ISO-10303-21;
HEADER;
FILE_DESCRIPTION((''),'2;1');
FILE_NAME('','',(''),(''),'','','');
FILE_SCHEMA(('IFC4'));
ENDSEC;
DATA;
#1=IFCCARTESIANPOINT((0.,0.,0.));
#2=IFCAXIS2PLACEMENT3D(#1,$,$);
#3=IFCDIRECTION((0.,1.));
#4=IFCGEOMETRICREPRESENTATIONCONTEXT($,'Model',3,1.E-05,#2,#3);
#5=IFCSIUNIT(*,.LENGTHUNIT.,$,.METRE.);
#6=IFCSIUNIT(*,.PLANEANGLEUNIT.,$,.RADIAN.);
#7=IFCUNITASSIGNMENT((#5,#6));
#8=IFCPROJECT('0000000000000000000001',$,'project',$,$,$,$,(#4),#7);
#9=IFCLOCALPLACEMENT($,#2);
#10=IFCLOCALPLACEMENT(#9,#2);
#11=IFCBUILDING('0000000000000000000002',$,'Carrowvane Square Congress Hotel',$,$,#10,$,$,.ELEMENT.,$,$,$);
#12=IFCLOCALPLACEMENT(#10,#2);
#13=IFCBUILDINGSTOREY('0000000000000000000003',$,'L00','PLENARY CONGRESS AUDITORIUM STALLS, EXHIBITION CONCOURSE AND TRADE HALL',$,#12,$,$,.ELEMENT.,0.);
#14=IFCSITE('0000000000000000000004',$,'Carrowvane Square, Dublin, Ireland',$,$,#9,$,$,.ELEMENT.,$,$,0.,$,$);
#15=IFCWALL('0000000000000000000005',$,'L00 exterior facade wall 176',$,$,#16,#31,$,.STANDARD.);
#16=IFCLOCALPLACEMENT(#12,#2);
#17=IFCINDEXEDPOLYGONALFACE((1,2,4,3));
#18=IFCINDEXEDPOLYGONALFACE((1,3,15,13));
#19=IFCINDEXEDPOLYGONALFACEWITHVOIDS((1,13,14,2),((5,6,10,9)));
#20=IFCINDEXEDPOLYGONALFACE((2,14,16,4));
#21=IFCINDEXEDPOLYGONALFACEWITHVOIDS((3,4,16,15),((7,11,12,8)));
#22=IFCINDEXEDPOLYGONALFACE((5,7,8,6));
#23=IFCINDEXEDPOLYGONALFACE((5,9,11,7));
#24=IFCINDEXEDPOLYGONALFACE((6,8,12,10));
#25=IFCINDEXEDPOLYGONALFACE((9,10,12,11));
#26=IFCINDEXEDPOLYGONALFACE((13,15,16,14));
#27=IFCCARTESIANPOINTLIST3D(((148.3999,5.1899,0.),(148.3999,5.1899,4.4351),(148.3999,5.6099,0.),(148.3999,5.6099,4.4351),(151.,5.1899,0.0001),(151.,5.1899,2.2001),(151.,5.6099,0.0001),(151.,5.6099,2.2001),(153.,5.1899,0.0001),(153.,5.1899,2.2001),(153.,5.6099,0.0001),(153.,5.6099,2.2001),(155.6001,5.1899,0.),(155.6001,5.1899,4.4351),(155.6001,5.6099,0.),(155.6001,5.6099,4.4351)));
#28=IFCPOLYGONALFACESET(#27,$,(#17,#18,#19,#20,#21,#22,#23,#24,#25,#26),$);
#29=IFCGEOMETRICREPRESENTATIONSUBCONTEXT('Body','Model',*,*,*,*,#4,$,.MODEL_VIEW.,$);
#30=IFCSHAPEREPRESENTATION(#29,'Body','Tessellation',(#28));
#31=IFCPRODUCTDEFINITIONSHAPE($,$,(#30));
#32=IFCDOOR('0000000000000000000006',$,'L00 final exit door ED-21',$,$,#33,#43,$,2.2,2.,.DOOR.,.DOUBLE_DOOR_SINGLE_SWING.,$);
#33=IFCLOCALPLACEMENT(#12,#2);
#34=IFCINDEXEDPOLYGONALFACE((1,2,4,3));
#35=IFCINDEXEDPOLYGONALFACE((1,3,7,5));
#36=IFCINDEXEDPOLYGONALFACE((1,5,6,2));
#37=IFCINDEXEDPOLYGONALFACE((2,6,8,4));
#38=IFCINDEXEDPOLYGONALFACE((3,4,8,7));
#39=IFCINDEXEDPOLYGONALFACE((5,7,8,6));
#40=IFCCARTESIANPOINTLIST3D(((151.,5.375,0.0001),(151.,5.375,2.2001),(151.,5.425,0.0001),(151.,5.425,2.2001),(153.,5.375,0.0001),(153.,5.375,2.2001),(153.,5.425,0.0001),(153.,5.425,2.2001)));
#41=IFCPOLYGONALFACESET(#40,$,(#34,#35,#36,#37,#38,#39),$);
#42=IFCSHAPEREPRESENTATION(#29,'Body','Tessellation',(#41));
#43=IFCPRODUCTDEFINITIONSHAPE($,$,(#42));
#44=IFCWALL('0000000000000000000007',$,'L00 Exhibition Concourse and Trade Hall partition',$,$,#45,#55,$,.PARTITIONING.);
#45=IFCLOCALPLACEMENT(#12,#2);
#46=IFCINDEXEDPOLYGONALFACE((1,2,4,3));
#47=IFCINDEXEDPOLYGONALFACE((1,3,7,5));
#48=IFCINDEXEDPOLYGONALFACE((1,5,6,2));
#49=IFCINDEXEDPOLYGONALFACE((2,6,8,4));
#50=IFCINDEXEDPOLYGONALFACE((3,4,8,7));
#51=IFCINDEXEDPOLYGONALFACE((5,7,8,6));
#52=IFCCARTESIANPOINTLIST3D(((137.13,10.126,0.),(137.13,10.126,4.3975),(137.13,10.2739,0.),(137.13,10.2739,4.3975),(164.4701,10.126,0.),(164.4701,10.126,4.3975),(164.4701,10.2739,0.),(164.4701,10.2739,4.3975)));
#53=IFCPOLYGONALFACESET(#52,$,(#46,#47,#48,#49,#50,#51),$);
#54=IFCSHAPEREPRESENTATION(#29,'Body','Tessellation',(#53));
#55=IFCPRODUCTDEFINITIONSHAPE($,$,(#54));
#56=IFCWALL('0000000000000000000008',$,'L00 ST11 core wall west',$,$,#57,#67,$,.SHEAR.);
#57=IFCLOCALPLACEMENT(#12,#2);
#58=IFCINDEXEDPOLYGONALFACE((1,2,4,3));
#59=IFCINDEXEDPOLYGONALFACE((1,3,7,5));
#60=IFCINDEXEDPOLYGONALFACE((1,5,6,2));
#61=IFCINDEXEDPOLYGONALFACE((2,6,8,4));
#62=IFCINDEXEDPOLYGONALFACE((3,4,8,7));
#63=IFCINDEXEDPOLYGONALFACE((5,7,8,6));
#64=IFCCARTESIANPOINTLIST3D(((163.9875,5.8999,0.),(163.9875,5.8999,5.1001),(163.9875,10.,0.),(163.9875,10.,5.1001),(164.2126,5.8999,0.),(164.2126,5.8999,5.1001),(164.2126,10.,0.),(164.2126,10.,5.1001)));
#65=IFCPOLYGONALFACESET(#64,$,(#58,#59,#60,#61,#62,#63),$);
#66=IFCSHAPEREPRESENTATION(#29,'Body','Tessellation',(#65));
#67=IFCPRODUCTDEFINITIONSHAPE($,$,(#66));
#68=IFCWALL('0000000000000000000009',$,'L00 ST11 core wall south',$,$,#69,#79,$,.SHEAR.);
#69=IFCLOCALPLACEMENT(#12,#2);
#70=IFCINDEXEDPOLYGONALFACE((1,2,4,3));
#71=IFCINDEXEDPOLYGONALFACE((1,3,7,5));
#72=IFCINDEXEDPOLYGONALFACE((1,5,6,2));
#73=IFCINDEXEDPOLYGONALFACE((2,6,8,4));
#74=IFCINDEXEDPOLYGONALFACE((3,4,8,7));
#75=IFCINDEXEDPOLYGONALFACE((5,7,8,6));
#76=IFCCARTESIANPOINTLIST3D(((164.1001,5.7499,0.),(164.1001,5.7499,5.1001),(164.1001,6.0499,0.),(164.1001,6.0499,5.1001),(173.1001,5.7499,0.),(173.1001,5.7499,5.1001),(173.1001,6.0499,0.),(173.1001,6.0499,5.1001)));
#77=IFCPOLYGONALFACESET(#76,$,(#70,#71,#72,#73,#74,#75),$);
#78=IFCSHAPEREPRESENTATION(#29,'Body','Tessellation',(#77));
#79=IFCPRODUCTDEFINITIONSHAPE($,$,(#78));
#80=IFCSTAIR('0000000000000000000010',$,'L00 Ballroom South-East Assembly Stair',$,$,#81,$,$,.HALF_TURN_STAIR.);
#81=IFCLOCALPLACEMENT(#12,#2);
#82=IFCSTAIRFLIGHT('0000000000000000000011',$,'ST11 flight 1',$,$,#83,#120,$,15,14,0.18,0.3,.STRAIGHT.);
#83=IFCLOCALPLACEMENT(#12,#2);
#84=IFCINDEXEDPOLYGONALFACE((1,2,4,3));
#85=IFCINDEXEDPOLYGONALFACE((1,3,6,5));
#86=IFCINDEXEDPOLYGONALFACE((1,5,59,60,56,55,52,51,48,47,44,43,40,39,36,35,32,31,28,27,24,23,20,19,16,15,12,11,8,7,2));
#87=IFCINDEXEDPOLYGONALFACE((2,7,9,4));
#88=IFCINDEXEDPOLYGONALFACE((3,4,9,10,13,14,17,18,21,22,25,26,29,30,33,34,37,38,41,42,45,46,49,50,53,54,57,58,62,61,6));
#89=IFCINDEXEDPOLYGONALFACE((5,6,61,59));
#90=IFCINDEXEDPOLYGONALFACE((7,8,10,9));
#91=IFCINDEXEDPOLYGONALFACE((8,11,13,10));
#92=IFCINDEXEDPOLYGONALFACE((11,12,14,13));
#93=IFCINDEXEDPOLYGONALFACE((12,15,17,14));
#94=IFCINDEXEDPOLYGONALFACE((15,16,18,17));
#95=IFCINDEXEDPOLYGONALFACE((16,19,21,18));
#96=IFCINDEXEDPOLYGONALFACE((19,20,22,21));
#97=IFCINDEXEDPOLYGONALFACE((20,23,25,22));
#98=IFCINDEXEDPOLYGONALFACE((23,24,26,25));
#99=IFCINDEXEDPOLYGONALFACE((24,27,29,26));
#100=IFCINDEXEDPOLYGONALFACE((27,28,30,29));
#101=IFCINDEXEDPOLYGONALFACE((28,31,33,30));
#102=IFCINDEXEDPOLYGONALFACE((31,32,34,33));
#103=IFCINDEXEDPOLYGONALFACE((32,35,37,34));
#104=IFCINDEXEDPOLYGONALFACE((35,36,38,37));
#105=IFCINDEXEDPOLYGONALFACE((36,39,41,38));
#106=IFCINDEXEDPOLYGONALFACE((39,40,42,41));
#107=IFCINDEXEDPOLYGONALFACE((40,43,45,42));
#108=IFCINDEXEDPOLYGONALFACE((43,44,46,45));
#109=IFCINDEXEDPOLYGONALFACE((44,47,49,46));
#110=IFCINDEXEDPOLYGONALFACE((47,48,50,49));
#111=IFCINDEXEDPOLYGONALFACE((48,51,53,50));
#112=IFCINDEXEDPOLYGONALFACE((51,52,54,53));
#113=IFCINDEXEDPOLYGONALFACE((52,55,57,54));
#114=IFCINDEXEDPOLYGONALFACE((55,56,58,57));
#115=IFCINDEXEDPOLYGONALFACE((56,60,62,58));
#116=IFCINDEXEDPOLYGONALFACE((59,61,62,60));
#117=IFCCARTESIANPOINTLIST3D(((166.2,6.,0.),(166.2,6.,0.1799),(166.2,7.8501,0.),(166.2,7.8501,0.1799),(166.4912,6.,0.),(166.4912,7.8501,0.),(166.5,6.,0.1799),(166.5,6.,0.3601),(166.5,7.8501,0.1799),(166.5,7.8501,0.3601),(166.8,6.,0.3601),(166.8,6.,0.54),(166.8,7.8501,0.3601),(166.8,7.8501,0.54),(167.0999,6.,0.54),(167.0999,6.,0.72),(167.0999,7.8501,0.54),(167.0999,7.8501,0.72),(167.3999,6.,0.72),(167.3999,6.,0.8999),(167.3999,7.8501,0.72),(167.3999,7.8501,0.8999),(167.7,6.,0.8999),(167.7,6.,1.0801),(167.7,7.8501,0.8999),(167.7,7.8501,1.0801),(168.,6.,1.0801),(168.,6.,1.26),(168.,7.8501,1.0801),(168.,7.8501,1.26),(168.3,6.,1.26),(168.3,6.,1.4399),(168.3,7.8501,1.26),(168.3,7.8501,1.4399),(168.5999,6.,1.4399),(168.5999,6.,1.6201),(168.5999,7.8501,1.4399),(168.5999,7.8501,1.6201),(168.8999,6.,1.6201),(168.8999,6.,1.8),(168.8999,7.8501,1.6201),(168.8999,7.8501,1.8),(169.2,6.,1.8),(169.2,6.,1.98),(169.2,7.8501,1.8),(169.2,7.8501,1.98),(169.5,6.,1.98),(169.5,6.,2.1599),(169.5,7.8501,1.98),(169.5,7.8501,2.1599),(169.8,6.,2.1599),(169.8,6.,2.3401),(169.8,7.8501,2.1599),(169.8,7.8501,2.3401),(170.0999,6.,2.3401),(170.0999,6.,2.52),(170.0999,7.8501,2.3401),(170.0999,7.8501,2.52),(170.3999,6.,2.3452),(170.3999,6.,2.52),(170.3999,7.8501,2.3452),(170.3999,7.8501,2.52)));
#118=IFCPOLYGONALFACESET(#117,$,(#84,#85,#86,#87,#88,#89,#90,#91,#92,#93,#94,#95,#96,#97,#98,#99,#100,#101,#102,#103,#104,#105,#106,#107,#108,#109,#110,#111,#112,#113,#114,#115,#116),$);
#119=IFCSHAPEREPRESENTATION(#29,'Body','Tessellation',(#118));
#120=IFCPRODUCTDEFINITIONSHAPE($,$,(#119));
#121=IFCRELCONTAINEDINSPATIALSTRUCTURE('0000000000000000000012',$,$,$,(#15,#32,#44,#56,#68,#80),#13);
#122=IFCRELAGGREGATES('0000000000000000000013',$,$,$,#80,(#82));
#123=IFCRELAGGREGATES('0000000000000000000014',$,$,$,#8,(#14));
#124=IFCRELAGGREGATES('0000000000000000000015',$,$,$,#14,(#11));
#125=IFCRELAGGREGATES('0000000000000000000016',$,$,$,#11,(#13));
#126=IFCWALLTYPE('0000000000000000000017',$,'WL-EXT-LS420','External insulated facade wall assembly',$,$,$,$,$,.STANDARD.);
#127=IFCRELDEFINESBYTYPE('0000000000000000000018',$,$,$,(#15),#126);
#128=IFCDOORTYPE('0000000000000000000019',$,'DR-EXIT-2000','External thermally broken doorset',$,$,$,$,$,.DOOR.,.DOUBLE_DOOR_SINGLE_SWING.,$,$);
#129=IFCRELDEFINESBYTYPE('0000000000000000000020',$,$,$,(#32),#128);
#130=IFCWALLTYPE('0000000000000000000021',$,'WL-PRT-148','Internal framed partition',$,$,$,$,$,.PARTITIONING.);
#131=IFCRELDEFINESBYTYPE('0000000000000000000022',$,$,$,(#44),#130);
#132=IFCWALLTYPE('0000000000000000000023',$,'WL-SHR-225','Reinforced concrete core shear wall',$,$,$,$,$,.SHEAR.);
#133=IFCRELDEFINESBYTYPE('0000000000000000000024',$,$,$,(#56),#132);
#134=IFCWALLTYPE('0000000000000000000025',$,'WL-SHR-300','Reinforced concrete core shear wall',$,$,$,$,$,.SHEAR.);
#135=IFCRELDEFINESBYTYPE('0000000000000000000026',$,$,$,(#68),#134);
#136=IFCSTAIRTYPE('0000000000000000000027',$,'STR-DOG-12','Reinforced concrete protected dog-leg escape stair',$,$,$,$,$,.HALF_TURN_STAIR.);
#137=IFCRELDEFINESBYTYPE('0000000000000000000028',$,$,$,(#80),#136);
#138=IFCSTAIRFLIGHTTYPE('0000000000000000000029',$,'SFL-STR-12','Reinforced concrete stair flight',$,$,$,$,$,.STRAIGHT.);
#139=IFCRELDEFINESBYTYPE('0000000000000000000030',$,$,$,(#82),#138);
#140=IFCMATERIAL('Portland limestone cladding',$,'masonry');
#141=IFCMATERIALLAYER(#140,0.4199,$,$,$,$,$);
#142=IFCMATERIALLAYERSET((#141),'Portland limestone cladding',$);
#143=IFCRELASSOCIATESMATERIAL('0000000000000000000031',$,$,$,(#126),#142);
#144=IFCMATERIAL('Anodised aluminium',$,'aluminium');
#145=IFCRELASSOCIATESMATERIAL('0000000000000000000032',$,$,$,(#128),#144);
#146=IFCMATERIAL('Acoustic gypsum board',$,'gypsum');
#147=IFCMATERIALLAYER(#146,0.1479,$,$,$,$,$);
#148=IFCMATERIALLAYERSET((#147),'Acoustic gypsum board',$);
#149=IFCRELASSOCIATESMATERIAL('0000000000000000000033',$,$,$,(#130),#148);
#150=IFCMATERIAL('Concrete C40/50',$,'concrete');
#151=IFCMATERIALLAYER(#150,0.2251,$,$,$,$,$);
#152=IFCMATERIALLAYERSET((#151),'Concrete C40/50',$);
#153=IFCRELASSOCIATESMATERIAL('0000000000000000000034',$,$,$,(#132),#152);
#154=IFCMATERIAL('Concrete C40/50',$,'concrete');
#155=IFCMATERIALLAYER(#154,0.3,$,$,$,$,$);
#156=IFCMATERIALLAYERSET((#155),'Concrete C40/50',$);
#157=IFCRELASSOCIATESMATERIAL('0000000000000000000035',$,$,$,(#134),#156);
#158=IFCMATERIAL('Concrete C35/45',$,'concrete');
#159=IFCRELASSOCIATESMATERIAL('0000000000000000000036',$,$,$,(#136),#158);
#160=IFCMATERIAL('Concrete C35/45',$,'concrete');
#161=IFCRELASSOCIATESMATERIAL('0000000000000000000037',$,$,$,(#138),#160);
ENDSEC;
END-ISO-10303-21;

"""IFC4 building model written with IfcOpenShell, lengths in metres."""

from ifc_helpers import new_model, si_unit, direction, frame, frame_2d, origin, place, context, subcontext, project, spatial, polyline, rectangle, outline, extrude, material, layer, layer_set, type_object, element, fill, aggregate, save


model = new_model("IFC4")

# Units and contexts
model_context = context("Model", 3, precision=1e-05, world=origin(), true_north=direction((0.0, 1.0)))
body_context = subcontext(model_context, "Body", "Model", "MODEL_VIEW")
ifc_project = project(units=[si_unit("LENGTHUNIT", "METRE"), si_unit("PLANEANGLEUNIT", "RADIAN")], contexts=[model_context])

# Site, building, storey
site_placement = place(None, origin())
site = spatial("IfcSite", under=ifc_project, at=site_placement, Name="Carrowvane Square, Dublin, Ireland", CompositionType="ELEMENT", RefElevation=0.0)
building_placement = place(site_placement, origin())
building = spatial("IfcBuilding", under=site, at=building_placement, Name="Carrowvane Square Congress Hotel", CompositionType="ELEMENT")
storey_placement = place(building_placement, origin())
storey = spatial("IfcBuildingStorey", under=building, at=storey_placement, Name="L00", Description="PLENARY CONGRESS AUDITORIUM STALLS, EXHIBITION CONCOURSE AND TRADE HALL", CompositionType="ELEMENT", Elevation=0.0)

# Shared definitions
ifc_material_1 = material(Name="Portland limestone cladding", Category="masonry")
ifc_layer_1 = layer(ifc_material_1, 0.4199)
ifc_layer_set_1 = layer_set([ifc_layer_1], Name="Portland limestone cladding")
wall_type_1 = type_object("IfcWallType", Name="WL-EXT-LS420", Description="External insulated facade wall assembly", PredefinedType="STANDARD", material=ifc_layer_set_1)

# Wall, opening, door
wall_1_placement = place(storey_placement, frame((155.6001, 5.3999, 0.0), z_axis=(0.0, 0.0, 1.0), x_axis=(-1.0, 0.0, 0.0)))
wall_1 = element("IfcWall", 1, at=wall_1_placement, inside=storey, type_object=wall_type_1, Name="L00 exterior facade wall 176", PredefinedType="STANDARD", context=body_context, shape_type="SweptSolid", body=[
    extrude(rectangle(XDim=7.2002, YDim=0.4199, at=frame_2d((3.6001, 0.0))), origin(), (0.0, 0.0, 1.0), 4.4351),
])
opening_1_placement = place(wall_1_placement, frame((2.6001, 0.0, 0.0)))
opening_1 = element("IfcOpeningElement", 2, at=opening_1_placement, cuts=wall_1, PredefinedType="OPENING", context=body_context, shape_type="SweptSolid", body=[
    extrude(rectangle(XDim=2.0, YDim=2.2, at=frame_2d((1.0, 1.1001))), frame((0.0, 0.22, 0.0), z_axis=(0.0, -1.0, 0.0), x_axis=(1.0, 0.0, 0.0)), (0.0, 0.0, 1.0), 0.4399),
])
ifc_material_2 = material(Name="Anodised aluminium", Category="aluminium")
door_type = type_object("IfcDoorType", Name="DR-EXIT-2000", Description="External thermally broken doorset", OperationType="DOUBLE_DOOR_SINGLE_SWING", PredefinedType="DOOR", material=ifc_material_2)
door_placement = place(opening_1_placement, origin())
door = element("IfcDoor", 3, at=door_placement, inside=storey, type_object=door_type, Name="L00 final exit door ED-21", OperationType="DOUBLE_DOOR_SINGLE_SWING", OverallHeight=2.2, OverallWidth=2.0, PredefinedType="DOOR", context=body_context, shape_type="SweptSolid", body=[
    extrude(rectangle(XDim=2.0, YDim=2.2, at=frame_2d((1.0, 1.1001))), frame((0.0, 0.0249, 0.0), z_axis=(0.0, -1.0, 0.0), x_axis=(1.0, 0.0, 0.0)), (0.0, 0.0, 1.0), 0.05),
])
fill(opening_1, door)

# Walls
ifc_material_3 = material(Name="Acoustic gypsum board", Category="gypsum")
ifc_layer_2 = layer(ifc_material_3, 0.1479)
ifc_layer_set_2 = layer_set([ifc_layer_2], Name="Acoustic gypsum board")
wall_type_2 = type_object("IfcWallType", Name="WL-PRT-148", Description="Internal framed partition", PredefinedType="PARTITIONING", material=ifc_layer_set_2)
wall_2_placement = place(storey_placement, frame((164.47, 10.2, 0.0), z_axis=(0.0, 0.0, 1.0), x_axis=(-1.0, 0.0, 0.0)))
element("IfcWall", 4, at=wall_2_placement, inside=storey, type_object=wall_type_2, Name="L00 Exhibition Concourse and Trade Hall partition", PredefinedType="PARTITIONING", context=body_context, shape_type="SweptSolid", body=[
    extrude(rectangle(XDim=27.3401, YDim=0.1479, at=frame_2d((13.6699, 0.0))), origin(), (0.0, 0.0, 1.0), 4.3975),
])
ifc_material_4 = material(Name="Concrete C40/50", Category="concrete")
ifc_layer_3 = layer(ifc_material_4, 0.2251)
ifc_layer_set_3 = layer_set([ifc_layer_3], Name="Concrete C40/50")
wall_type_3 = type_object("IfcWallType", Name="WL-SHR-225", Description="Reinforced concrete core shear wall", PredefinedType="SHEAR", material=ifc_layer_set_3)
wall_3_placement = place(storey_placement, frame((164.1001, 10.0, 0.0), z_axis=(0.0, 0.0, 1.0), x_axis=(0.0, -1.0, 0.0)))
element("IfcWall", 5, at=wall_3_placement, inside=storey, type_object=wall_type_3, Name="L00 ST11 core wall west", PredefinedType="SHEAR", context=body_context, shape_type="SweptSolid", body=[
    extrude(rectangle(XDim=4.1001, YDim=0.2251, at=frame_2d((2.05, 0.0))), origin(), (0.0, 0.0, 1.0), 5.1001),
])
ifc_material_5 = material(Name="Concrete C40/50", Category="concrete")
ifc_layer_4 = layer(ifc_material_5, 0.3)
ifc_layer_set_4 = layer_set([ifc_layer_4], Name="Concrete C40/50")
wall_type_4 = type_object("IfcWallType", Name="WL-SHR-300", Description="Reinforced concrete core shear wall", PredefinedType="SHEAR", material=ifc_layer_set_4)
wall_4_placement = place(storey_placement, frame((164.1001, 5.8999, 0.0), z_axis=(0.0, 0.0, 1.0), x_axis=(1.0, 0.0, 0.0)))
element("IfcWall", 6, at=wall_4_placement, inside=storey, type_object=wall_type_4, Name="L00 ST11 core wall south", PredefinedType="SHEAR", context=body_context, shape_type="SweptSolid", body=[
    extrude(rectangle(XDim=9.0, YDim=0.3, at=frame_2d((4.5, 0.0))), origin(), (0.0, 0.0, 1.0), 5.1001),
])

# Stair, stair flight
ifc_material_6 = material(Name="Concrete C35/45", Category="concrete")
stair_type = type_object("IfcStairType", Name="STR-DOG-12", Description="Reinforced concrete protected dog-leg escape stair", PredefinedType="HALF_TURN_STAIR", material=ifc_material_6)
stair_placement = place(storey_placement, origin())
stair = element("IfcStair", 7, at=stair_placement, inside=storey, type_object=stair_type, Name="L00 Ballroom South-East Assembly Stair", PredefinedType="HALF_TURN_STAIR")
ifc_material_7 = material(Name="Concrete C35/45", Category="concrete")
stair_flight_type = type_object("IfcStairFlightType", Name="SFL-STR-12", Description="Reinforced concrete stair flight", PredefinedType="STRAIGHT", material=ifc_material_7)
stair_flight_placement = place(storey_placement, frame((166.2, 6.925, 0.0), z_axis=(0.0, 0.0, 1.0), x_axis=(1.0, 0.0, 0.0)))
stair_flight = element("IfcStairFlight", 8, at=stair_flight_placement, type_object=stair_flight_type, Name="ST11 flight 1", NumberOfRisers=15, NumberOfTreads=14, PredefinedType="STRAIGHT", RiserHeight=0.18, TreadLength=0.3, context=body_context, shape_type="SweptSolid", body=[
    extrude(outline(polyline([(0.0, 0.0), (0.0, 0.1799), (0.3, 0.1799), (0.3, 0.3601), (0.6001, 0.3601), (0.6001, 0.54), (0.8999, 0.54), (0.8999, 0.72), (1.2, 0.72), (1.2, 0.8999), (1.5, 0.8999), (1.5, 1.0801), (1.8, 1.0801), (1.8, 1.26), (2.1001, 1.26), (2.1001, 1.4399), (2.3999, 1.4399), (2.3999, 1.6201), (2.7, 1.6201), (2.7, 1.8), (3.0, 1.8), (3.0, 1.98), (3.3, 1.98), (3.3, 2.1599), (3.6001, 2.1599), (3.6001, 2.3401), (3.8999, 2.3401), (3.8999, 2.52), (4.2, 2.52), (4.2, 2.7), (4.2, 2.3452), (0.2913, 0.0), (0.0, 0.0)])), frame((0.0, 0.925, 0.0), z_axis=(0.0, -1.0, 0.0), x_axis=(1.0, 0.0, 0.0)), (0.0, 0.0, 1.0), 1.8501),
])
aggregate(stair, [stair_flight])

save(model, "model.ifc")
